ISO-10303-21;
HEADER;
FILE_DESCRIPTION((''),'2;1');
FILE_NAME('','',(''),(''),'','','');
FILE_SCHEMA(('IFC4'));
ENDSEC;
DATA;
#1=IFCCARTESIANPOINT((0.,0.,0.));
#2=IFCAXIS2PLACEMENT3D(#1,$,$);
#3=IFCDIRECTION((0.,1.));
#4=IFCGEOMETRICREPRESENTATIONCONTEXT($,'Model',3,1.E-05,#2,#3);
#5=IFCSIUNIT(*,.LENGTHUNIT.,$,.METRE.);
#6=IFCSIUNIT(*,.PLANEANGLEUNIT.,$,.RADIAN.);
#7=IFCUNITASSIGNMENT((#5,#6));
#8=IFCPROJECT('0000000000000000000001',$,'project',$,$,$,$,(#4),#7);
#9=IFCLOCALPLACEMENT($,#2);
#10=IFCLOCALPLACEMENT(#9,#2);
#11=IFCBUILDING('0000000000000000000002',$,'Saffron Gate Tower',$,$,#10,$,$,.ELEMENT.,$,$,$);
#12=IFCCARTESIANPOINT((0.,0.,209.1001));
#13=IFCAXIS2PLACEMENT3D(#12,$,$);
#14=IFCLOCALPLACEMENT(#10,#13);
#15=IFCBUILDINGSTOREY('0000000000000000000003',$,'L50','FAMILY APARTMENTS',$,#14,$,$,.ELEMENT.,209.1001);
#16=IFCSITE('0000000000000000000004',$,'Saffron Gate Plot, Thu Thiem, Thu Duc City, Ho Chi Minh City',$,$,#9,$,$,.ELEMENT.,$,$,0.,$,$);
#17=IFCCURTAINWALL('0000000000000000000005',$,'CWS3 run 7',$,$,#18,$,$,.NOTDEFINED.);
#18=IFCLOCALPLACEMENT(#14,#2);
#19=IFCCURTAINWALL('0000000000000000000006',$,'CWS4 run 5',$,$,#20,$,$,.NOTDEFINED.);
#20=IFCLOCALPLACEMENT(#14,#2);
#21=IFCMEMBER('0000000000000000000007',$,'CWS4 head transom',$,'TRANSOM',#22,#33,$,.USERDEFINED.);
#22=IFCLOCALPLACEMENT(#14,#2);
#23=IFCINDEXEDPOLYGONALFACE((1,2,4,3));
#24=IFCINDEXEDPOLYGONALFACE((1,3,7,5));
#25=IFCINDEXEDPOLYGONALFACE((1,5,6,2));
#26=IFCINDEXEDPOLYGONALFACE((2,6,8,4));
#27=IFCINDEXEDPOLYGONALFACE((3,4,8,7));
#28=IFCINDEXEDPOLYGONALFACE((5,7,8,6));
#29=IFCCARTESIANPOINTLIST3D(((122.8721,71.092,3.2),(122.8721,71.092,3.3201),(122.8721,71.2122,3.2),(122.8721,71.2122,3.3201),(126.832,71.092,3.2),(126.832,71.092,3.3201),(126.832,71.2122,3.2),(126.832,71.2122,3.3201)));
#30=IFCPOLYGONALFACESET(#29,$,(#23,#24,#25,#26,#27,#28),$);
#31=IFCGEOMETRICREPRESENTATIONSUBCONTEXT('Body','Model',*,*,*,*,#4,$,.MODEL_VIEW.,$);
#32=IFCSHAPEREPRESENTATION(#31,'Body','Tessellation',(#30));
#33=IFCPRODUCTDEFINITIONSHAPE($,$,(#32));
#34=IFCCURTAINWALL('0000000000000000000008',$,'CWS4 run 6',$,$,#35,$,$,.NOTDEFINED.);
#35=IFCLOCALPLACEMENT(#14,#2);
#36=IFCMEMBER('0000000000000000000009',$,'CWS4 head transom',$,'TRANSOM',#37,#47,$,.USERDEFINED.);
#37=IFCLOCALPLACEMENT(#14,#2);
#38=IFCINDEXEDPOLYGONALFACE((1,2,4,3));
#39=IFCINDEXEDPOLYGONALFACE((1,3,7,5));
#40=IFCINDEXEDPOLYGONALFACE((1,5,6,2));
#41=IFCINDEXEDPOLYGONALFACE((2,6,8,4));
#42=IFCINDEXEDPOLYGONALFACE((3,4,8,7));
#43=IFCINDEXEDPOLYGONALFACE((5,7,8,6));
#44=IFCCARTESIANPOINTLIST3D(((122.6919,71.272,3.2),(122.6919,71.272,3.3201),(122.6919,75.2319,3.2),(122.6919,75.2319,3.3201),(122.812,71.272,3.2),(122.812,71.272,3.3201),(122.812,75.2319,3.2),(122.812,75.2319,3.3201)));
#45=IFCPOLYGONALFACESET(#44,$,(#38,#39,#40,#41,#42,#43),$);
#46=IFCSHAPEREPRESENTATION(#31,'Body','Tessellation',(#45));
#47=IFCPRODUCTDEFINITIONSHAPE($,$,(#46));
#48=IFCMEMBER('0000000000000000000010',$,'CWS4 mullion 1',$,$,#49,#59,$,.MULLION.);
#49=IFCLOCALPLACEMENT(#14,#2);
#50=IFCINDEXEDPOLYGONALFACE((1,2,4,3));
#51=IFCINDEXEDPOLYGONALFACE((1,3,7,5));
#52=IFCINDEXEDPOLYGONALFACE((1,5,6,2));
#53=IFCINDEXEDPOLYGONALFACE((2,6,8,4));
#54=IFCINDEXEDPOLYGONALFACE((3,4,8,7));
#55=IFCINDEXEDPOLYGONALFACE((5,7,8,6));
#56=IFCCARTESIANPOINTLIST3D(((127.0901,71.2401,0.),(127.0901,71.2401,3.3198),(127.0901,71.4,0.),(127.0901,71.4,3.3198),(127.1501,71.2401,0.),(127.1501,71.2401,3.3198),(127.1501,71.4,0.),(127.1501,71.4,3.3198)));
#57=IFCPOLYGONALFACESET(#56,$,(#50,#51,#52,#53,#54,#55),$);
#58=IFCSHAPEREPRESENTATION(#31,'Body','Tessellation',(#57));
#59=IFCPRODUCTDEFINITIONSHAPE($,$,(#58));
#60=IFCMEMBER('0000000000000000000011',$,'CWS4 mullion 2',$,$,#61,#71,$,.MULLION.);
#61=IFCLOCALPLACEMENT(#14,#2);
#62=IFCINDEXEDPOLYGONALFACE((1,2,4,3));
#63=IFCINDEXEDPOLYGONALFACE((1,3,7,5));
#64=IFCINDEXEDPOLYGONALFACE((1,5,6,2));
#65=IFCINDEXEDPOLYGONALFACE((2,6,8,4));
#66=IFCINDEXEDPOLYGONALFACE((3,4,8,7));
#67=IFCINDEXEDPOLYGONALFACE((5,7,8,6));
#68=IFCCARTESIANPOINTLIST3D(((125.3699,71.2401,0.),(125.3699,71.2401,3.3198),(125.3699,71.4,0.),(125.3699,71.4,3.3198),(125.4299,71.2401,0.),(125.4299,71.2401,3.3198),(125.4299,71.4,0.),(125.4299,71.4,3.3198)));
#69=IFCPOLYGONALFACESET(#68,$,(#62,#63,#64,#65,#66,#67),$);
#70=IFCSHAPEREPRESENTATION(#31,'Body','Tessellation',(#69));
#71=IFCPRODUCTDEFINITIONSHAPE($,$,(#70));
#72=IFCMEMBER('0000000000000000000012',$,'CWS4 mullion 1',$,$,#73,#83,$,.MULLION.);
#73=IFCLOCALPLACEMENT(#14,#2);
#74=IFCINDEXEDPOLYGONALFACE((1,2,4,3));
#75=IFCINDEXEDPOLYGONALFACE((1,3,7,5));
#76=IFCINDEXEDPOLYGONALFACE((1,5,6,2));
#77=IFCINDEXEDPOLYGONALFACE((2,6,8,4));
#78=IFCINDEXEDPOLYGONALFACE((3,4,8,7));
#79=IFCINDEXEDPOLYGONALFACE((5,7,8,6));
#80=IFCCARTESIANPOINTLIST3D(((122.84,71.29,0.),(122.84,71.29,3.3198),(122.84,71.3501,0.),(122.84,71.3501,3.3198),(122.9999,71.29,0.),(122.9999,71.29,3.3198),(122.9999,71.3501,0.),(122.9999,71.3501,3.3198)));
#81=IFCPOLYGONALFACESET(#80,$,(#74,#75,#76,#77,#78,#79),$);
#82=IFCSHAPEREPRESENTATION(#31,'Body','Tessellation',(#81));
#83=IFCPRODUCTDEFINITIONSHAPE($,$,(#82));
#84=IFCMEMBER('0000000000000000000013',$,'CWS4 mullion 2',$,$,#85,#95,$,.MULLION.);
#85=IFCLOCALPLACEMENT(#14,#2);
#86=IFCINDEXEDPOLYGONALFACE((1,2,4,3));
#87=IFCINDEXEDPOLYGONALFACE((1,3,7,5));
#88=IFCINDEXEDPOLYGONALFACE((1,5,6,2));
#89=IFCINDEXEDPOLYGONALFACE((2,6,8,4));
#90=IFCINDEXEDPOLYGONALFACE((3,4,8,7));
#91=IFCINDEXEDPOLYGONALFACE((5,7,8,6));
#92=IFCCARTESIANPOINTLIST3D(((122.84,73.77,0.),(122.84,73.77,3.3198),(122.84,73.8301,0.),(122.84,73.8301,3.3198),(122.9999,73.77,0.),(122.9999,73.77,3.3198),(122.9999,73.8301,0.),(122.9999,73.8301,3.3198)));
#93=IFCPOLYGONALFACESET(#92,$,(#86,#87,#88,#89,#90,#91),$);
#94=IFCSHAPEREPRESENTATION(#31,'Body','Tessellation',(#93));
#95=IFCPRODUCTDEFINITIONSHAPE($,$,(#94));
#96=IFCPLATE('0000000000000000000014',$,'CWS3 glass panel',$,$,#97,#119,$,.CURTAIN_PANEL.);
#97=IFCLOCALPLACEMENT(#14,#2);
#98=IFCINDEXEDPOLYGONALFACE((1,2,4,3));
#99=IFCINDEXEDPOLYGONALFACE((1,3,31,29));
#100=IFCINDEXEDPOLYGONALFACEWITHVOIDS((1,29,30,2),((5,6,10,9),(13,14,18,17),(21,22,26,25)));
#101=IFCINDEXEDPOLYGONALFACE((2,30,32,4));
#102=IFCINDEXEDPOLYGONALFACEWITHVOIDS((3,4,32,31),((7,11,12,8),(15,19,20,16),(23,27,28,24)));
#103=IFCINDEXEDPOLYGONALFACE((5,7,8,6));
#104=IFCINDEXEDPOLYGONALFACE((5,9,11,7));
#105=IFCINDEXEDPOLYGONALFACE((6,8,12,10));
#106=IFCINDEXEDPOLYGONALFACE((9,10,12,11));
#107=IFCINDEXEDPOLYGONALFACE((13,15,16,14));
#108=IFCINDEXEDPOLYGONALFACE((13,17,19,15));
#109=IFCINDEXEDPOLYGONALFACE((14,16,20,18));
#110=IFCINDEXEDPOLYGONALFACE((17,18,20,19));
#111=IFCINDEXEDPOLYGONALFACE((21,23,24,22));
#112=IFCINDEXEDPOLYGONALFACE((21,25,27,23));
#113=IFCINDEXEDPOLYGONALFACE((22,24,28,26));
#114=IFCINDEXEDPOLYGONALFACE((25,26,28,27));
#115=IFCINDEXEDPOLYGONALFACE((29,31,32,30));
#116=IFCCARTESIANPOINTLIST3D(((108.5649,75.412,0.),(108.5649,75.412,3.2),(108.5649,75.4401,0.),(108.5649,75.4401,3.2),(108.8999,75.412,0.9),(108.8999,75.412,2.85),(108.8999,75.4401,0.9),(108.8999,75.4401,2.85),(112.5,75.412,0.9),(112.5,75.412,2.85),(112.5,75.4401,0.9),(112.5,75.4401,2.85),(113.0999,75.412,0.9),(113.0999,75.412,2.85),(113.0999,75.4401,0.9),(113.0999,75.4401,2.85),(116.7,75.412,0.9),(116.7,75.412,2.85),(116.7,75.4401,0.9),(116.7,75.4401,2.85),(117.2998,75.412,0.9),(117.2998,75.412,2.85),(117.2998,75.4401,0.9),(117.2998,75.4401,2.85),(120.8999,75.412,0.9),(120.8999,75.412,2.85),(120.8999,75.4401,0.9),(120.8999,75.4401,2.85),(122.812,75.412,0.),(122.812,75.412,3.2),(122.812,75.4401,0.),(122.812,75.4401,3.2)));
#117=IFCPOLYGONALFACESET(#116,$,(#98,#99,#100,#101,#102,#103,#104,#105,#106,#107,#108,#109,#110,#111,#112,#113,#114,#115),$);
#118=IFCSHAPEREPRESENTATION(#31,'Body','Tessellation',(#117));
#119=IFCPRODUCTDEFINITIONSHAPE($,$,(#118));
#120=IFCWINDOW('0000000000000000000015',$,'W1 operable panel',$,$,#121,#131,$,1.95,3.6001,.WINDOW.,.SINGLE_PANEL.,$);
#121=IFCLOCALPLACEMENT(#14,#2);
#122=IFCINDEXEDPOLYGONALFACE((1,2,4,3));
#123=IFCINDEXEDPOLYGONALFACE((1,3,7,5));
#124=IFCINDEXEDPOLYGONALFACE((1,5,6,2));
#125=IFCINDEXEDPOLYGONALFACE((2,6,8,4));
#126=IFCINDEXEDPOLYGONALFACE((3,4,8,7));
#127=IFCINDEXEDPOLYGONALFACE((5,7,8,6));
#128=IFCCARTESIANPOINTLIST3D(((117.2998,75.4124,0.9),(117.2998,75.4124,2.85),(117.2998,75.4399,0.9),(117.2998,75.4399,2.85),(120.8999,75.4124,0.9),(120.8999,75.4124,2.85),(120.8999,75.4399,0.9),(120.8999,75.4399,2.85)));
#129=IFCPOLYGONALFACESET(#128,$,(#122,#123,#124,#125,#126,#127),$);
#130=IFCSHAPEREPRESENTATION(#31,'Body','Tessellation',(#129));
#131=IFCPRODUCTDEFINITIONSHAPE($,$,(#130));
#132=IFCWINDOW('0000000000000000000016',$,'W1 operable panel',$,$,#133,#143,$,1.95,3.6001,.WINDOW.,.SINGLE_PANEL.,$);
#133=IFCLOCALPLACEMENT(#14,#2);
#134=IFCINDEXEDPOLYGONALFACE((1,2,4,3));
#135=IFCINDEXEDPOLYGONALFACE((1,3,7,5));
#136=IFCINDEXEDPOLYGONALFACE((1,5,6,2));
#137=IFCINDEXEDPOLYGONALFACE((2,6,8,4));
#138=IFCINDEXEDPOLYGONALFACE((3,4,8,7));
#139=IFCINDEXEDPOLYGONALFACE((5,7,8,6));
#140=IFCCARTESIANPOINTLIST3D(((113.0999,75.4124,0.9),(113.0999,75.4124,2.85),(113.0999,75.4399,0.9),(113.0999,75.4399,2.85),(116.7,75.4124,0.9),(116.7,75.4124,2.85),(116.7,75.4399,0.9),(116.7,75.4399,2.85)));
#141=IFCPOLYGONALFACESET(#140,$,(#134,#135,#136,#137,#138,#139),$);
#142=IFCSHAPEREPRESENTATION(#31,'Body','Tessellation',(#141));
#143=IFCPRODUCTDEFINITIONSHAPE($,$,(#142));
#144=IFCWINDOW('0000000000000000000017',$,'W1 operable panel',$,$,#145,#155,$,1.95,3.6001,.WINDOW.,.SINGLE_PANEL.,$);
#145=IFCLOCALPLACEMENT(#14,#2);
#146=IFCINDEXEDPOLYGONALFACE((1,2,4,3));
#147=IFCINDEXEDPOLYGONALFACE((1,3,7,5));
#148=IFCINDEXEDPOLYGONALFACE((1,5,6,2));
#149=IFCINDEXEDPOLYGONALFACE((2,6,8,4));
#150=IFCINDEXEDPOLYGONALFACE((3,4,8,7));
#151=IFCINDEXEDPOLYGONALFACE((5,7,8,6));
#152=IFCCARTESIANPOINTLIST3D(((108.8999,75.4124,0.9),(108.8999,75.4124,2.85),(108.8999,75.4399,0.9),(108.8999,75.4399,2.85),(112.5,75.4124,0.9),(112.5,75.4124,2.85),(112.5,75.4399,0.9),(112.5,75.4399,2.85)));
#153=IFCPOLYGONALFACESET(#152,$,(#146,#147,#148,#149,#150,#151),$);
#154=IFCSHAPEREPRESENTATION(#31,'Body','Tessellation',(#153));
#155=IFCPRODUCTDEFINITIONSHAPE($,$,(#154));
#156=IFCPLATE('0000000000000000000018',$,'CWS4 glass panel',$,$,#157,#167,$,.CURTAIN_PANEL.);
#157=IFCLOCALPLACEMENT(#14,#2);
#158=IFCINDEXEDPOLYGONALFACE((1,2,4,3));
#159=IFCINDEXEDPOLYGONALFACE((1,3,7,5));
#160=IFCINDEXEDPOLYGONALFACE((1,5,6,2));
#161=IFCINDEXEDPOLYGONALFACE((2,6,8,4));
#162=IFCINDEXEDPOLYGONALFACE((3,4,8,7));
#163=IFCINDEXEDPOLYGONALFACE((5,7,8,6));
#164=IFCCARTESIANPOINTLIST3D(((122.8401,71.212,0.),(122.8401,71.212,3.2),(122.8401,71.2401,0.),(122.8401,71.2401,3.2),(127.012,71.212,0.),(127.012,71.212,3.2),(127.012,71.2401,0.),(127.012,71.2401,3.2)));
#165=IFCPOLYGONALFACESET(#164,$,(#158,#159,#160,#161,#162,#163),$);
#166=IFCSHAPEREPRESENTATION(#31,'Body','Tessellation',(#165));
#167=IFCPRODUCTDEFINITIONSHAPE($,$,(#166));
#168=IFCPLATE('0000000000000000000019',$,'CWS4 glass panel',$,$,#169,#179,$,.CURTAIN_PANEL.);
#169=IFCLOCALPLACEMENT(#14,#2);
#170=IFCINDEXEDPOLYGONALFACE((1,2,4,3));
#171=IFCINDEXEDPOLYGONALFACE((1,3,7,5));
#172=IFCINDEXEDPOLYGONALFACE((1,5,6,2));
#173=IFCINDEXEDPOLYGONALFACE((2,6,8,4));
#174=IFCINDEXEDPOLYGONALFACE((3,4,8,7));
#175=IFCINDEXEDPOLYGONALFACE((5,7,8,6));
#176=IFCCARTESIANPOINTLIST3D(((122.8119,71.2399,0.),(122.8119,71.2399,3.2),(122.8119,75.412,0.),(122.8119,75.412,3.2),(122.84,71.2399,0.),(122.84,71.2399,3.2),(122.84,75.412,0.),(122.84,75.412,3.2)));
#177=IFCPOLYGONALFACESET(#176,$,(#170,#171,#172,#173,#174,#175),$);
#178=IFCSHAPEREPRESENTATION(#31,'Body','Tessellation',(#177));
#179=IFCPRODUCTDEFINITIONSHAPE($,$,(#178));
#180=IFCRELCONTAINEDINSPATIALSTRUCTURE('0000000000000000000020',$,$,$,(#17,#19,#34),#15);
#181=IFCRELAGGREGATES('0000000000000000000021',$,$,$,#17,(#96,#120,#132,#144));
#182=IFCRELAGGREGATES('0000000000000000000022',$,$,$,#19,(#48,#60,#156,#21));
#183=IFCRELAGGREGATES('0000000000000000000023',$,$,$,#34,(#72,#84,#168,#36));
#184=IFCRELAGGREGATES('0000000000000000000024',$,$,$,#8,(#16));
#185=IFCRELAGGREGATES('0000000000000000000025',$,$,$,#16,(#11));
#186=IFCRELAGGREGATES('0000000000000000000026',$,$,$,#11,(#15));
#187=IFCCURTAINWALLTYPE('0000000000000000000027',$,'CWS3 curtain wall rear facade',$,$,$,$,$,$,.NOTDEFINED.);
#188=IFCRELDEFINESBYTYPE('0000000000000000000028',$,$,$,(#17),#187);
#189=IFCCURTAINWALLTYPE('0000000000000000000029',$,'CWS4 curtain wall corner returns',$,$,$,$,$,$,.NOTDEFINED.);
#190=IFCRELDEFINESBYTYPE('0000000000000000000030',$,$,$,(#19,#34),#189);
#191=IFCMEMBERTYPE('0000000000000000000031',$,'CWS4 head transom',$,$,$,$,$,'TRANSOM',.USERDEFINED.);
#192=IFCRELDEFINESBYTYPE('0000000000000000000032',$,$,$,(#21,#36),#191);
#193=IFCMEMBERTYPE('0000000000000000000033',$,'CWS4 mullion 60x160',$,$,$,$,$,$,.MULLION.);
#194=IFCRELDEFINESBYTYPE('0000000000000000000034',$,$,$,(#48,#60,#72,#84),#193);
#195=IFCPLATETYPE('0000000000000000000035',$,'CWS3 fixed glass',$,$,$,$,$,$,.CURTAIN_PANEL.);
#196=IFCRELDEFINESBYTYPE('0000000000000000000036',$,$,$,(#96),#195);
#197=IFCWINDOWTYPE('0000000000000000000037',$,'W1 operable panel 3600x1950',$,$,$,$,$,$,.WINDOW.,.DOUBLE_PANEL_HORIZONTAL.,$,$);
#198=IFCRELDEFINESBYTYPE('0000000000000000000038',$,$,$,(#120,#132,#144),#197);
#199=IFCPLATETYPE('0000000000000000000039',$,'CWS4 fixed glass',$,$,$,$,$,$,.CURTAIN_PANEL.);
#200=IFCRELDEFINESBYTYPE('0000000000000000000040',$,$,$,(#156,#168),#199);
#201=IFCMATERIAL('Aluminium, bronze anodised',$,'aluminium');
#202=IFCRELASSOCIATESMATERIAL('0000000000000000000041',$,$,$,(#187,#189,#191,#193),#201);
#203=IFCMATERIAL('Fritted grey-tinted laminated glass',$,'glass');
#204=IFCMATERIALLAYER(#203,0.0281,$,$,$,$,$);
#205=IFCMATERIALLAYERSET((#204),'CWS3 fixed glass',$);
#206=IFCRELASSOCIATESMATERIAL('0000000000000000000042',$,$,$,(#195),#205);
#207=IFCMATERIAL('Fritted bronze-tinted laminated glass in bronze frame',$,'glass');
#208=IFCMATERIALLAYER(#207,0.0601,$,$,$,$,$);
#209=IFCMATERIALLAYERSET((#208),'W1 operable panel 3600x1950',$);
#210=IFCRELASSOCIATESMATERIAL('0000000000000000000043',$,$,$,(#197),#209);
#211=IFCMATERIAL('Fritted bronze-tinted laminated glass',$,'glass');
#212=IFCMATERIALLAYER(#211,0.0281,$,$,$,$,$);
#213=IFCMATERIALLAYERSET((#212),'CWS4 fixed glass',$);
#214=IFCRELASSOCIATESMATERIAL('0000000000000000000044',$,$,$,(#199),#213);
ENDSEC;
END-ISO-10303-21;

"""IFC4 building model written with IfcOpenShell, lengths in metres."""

from ifc_helpers import new_model, si_unit, direction, frame, frame_2d, origin, origin_2d, place, context, subcontext, project, spatial, rectangle, extrude, material, layer, layer_set, material_profile, profile_set, type_object, element, fill, aggregate, save


model = new_model("IFC4")

# Units and contexts
model_context = context("Model", 3, precision=1e-05, world=origin(), true_north=direction((0.0, 1.0)))
body_context = subcontext(model_context, "Body", "Model", "MODEL_VIEW")
ifc_project = project(units=[si_unit("LENGTHUNIT", "METRE"), si_unit("PLANEANGLEUNIT", "RADIAN")], contexts=[model_context])

# Site, building, storey
site_placement = place(None, origin())
site = spatial("IfcSite", under=ifc_project, at=site_placement, Name="Saffron Gate Plot, Thu Thiem, Thu Duc City, Ho Chi Minh City", CompositionType="ELEMENT", RefElevation=0.0)
building_placement = place(site_placement, origin())
building = spatial("IfcBuilding", under=site, at=building_placement, Name="Saffron Gate Tower", CompositionType="ELEMENT")
storey_placement = place(building_placement, frame((0.0, 0.0, 209.1001)))
storey = spatial("IfcBuildingStorey", under=building, at=storey_placement, Name="L50", Description="FAMILY APARTMENTS", CompositionType="ELEMENT", Elevation=209.1001)

# Curtain wall
ifc_material_1 = material(Name="Aluminium, bronze anodised", Category="aluminium")
curtain_wall_type_1 = type_object("IfcCurtainWallType", Name="CWS3 curtain wall rear facade", PredefinedType="NOTDEFINED", material=ifc_material_1)
curtain_wall_1_placement = place(storey_placement, origin())
curtain_wall_1 = element("IfcCurtainWall", 1, at=curtain_wall_1_placement, inside=storey, type_object=curtain_wall_type_1, Name="CWS3 run 7", PredefinedType="NOTDEFINED")

# Curtain walls, members
curtain_wall_type_2 = type_object("IfcCurtainWallType", Name="CWS4 curtain wall corner returns", PredefinedType="NOTDEFINED", material=ifc_material_1)
curtain_wall_2_placement = place(storey_placement, origin())
curtain_wall_2 = element("IfcCurtainWall", 2, at=curtain_wall_2_placement, inside=storey, type_object=curtain_wall_type_2, Name="CWS4 run 5", PredefinedType="NOTDEFINED")
ifc_material_profile_1 = material_profile(ifc_material_1, rectangle(XDim=0.1201, YDim=0.1201, at=origin_2d()))
ifc_profile_set_1 = profile_set([ifc_material_profile_1], Name="Aluminium, bronze anodised")
member_type_1 = type_object("IfcMemberType", Name="CWS4 head transom", ElementType="TRANSOM", PredefinedType="USERDEFINED", material=ifc_profile_set_1)
member_1_placement = place(storey_placement, frame((126.832, 71.1521, 3.26), z_axis=(-1.0, 0.0, 0.0), x_axis=(0.0, -1.0, 0.0)))
member_1 = element("IfcMember", 3, at=member_1_placement, type_object=member_type_1, Name="CWS4 head transom", ObjectType="TRANSOM", PredefinedType="USERDEFINED", context=body_context, shape_type="SweptSolid", body=[
    extrude(rectangle(XDim=0.1201, YDim=0.1201, at=origin_2d()), origin(), (0.0, 0.0, 1.0), 3.96),
])
curtain_wall_3_placement = place(storey_placement, origin())
curtain_wall_3 = element("IfcCurtainWall", 4, at=curtain_wall_3_placement, inside=storey, type_object=curtain_wall_type_2, Name="CWS4 run 6", PredefinedType="NOTDEFINED")
member_2_placement = place(storey_placement, frame((122.752, 71.272, 3.26), z_axis=(0.0, 1.0, 0.0), x_axis=(-1.0, 0.0, 0.0)))
member_2 = element("IfcMember", 5, at=member_2_placement, type_object=member_type_1, Name="CWS4 head transom", ObjectType="TRANSOM", PredefinedType="USERDEFINED", context=body_context, shape_type="SweptSolid", body=[
    extrude(rectangle(XDim=0.1201, YDim=0.1201, at=origin_2d()), origin(), (0.0, 0.0, 1.0), 3.96),
])

# Members
ifc_material_profile_2 = material_profile(ifc_material_1, rectangle(XDim=0.1599, YDim=0.0601, at=origin_2d()))
ifc_profile_set_2 = profile_set([ifc_material_profile_2], Name="Aluminium, bronze anodised")
member_type_2 = type_object("IfcMemberType", Name="CWS4 mullion 60x160", PredefinedType="MULLION", material=ifc_profile_set_2)
member_3_placement = place(storey_placement, frame((127.1201, 71.3201, 0.0), z_axis=(0.0, 0.0, 1.0), x_axis=(0.0, -1.0, 0.0)))
member_3 = element("IfcMember", 6, at=member_3_placement, type_object=member_type_2, Name="CWS4 mullion 1", PredefinedType="MULLION", context=body_context, shape_type="SweptSolid", body=[
    extrude(rectangle(XDim=0.1599, YDim=0.0601, at=origin_2d()), origin(), (0.0, 0.0, 1.0), 3.3198),
])
member_4_placement = place(storey_placement, frame((125.3999, 71.3201, 0.0), z_axis=(0.0, 0.0, 1.0), x_axis=(0.0, -1.0, 0.0)))
member_4 = element("IfcMember", 7, at=member_4_placement, type_object=member_type_2, Name="CWS4 mullion 2", PredefinedType="MULLION", context=body_context, shape_type="SweptSolid", body=[
    extrude(rectangle(XDim=0.1599, YDim=0.0601, at=origin_2d()), origin(), (0.0, 0.0, 1.0), 3.3198),
])
member_5_placement = place(storey_placement, frame((122.9199, 71.3201, 0.0), z_axis=(0.0, 0.0, 1.0), x_axis=(-1.0, 0.0, 0.0)))
member_5 = element("IfcMember", 8, at=member_5_placement, type_object=member_type_2, Name="CWS4 mullion 1", PredefinedType="MULLION", context=body_context, shape_type="SweptSolid", body=[
    extrude(rectangle(XDim=0.1599, YDim=0.0601, at=origin_2d()), origin(), (0.0, 0.0, 1.0), 3.3198),
])
member_6_placement = place(storey_placement, frame((122.9199, 73.8, 0.0), z_axis=(0.0, 0.0, 1.0), x_axis=(-1.0, 0.0, 0.0)))
member_6 = element("IfcMember", 9, at=member_6_placement, type_object=member_type_2, Name="CWS4 mullion 2", PredefinedType="MULLION", context=body_context, shape_type="SweptSolid", body=[
    extrude(rectangle(XDim=0.1599, YDim=0.0601, at=origin_2d()), origin(), (0.0, 0.0, 1.0), 3.3198),
])

# Plate, openings, windows
ifc_material_2 = material(Name="Fritted grey-tinted laminated glass", Category="glass")
ifc_layer_1 = layer(ifc_material_2, 0.0281)
ifc_layer_set_1 = layer_set([ifc_layer_1], Name="CWS3 fixed glass")
plate_type_1 = type_object("IfcPlateType", Name="CWS3 fixed glass", PredefinedType="CURTAIN_PANEL", material=ifc_layer_set_1)
plate_1_placement = place(storey_placement, frame((122.812, 75.426, 0.0), z_axis=(0.0, 0.0, 1.0), x_axis=(-1.0, 0.0, 0.0)))
plate_1 = element("IfcPlate", 10, at=plate_1_placement, type_object=plate_type_1, Name="CWS3 glass panel", PredefinedType="CURTAIN_PANEL", context=body_context, shape_type="SweptSolid", body=[
    extrude(rectangle(XDim=14.2471, YDim=0.0281, at=frame_2d((7.1235, 0.0))), origin(), (0.0, 0.0, 1.0), 3.2),
])
opening_1_placement = place(plate_1_placement, frame((1.9121, 0.0, 0.8999)))
opening_1 = element("IfcOpeningElement", 11, at=opening_1_placement, cuts=plate_1, PredefinedType="OPENING", context=body_context, shape_type="SweptSolid", body=[
    extrude(rectangle(XDim=3.6001, YDim=1.95, at=frame_2d((1.8, 0.9751))), frame((0.0, 0.0239, 0.0), z_axis=(0.0, -1.0, 0.0), x_axis=(1.0, 0.0, 0.0)), (0.0, 0.0, 1.0), 0.0481),
])
opening_2_placement = place(plate_1_placement, frame((6.1121, 0.0, 0.8999)))
opening_2 = element("IfcOpeningElement", 12, at=opening_2_placement, cuts=plate_1, PredefinedType="OPENING", context=body_context, shape_type="SweptSolid", body=[
    extrude(rectangle(XDim=3.6001, YDim=1.95, at=frame_2d((1.8, 0.9751))), frame((0.0, 0.0239, 0.0), z_axis=(0.0, -1.0, 0.0), x_axis=(1.0, 0.0, 0.0)), (0.0, 0.0, 1.0), 0.0481),
])
opening_3_placement = place(plate_1_placement, frame((10.312, 0.0, 0.8999)))
opening_3 = element("IfcOpeningElement", 13, at=opening_3_placement, cuts=plate_1, PredefinedType="OPENING", context=body_context, shape_type="SweptSolid", body=[
    extrude(rectangle(XDim=3.6001, YDim=1.95, at=frame_2d((1.8, 0.9751))), frame((0.0, 0.0239, 0.0), z_axis=(0.0, -1.0, 0.0), x_axis=(1.0, 0.0, 0.0)), (0.0, 0.0, 1.0), 0.0481),
])
ifc_material_3 = material(Name="Fritted bronze-tinted laminated glass in bronze frame", Category="glass")
ifc_layer_2 = layer(ifc_material_3, 0.0601)
ifc_layer_set_2 = layer_set([ifc_layer_2], Name="W1 operable panel 3600x1950")
window_type = type_object("IfcWindowType", Name="W1 operable panel 3600x1950", PartitioningType="DOUBLE_PANEL_HORIZONTAL", PredefinedType="WINDOW", material=ifc_layer_set_2)
window_1_placement = place(opening_1_placement, origin())
window_1 = element("IfcWindow", 14, at=window_1_placement, type_object=window_type, Name="W1 operable panel", OverallHeight=1.95, OverallWidth=3.6001, PartitioningType="SINGLE_PANEL", PredefinedType="WINDOW", context=body_context, shape_type="SweptSolid", body=[
    extrude(rectangle(XDim=3.6001, YDim=1.95, at=frame_2d((1.8, 0.9751))), frame((0.0, 0.0137, 0.0), z_axis=(0.0, -1.0, 0.0), x_axis=(1.0, 0.0, 0.0)), (0.0, 0.0, 1.0), 0.0276),
])
fill(opening_1, window_1)
window_2_placement = place(opening_2_placement, origin())
window_2 = element("IfcWindow", 15, at=window_2_placement, type_object=window_type, Name="W1 operable panel", OverallHeight=1.95, OverallWidth=3.6001, PartitioningType="SINGLE_PANEL", PredefinedType="WINDOW", context=body_context, shape_type="SweptSolid", body=[
    extrude(rectangle(XDim=3.6001, YDim=1.95, at=frame_2d((1.8, 0.9751))), frame((0.0, 0.0137, 0.0), z_axis=(0.0, -1.0, 0.0), x_axis=(1.0, 0.0, 0.0)), (0.0, 0.0, 1.0), 0.0276),
])
fill(opening_2, window_2)
window_3_placement = place(opening_3_placement, origin())
window_3 = element("IfcWindow", 16, at=window_3_placement, type_object=window_type, Name="W1 operable panel", OverallHeight=1.95, OverallWidth=3.6001, PartitioningType="SINGLE_PANEL", PredefinedType="WINDOW", context=body_context, shape_type="SweptSolid", body=[
    extrude(rectangle(XDim=3.6001, YDim=1.95, at=frame_2d((1.8, 0.9751))), frame((0.0, 0.0137, 0.0), z_axis=(0.0, -1.0, 0.0), x_axis=(1.0, 0.0, 0.0)), (0.0, 0.0, 1.0), 0.0276),
])
fill(opening_3, window_3)
aggregate(curtain_wall_1, [plate_1, window_1, window_2, window_3])

# Plates
ifc_material_4 = material(Name="Fritted bronze-tinted laminated glass", Category="glass")
ifc_layer_3 = layer(ifc_material_4, 0.0281)
ifc_layer_set_3 = layer_set([ifc_layer_3], Name="CWS4 fixed glass")
plate_type_2 = type_object("IfcPlateType", Name="CWS4 fixed glass", PredefinedType="CURTAIN_PANEL", material=ifc_layer_set_3)
plate_2_placement = place(storey_placement, frame((127.012, 71.2261, 0.0), z_axis=(0.0, 0.0, 1.0), x_axis=(-1.0, 0.0, 0.0)))
plate_2 = element("IfcPlate", 17, at=plate_2_placement, type_object=plate_type_2, Name="CWS4 glass panel", PredefinedType="CURTAIN_PANEL", context=body_context, shape_type="SweptSolid", body=[
    extrude(rectangle(XDim=4.1719, YDim=0.0281, at=frame_2d((2.0859, 0.0))), origin(), (0.0, 0.0, 1.0), 3.2),
])
aggregate(curtain_wall_2, [member_3, member_4, plate_2, member_1])
plate_3_placement = place(storey_placement, frame((122.8259, 71.24, 0.0), z_axis=(0.0, 0.0, 1.0), x_axis=(0.0, 1.0, 0.0)))
plate_3 = element("IfcPlate", 18, at=plate_3_placement, type_object=plate_type_2, Name="CWS4 glass panel", PredefinedType="CURTAIN_PANEL", context=body_context, shape_type="SweptSolid", body=[
    extrude(rectangle(XDim=4.1721, YDim=0.0281, at=frame_2d((2.0859, 0.0))), origin(), (0.0, 0.0, 1.0), 3.2),
])
aggregate(curtain_wall_3, [member_5, member_6, plate_3, member_2])

save(model, "model.ifc")
